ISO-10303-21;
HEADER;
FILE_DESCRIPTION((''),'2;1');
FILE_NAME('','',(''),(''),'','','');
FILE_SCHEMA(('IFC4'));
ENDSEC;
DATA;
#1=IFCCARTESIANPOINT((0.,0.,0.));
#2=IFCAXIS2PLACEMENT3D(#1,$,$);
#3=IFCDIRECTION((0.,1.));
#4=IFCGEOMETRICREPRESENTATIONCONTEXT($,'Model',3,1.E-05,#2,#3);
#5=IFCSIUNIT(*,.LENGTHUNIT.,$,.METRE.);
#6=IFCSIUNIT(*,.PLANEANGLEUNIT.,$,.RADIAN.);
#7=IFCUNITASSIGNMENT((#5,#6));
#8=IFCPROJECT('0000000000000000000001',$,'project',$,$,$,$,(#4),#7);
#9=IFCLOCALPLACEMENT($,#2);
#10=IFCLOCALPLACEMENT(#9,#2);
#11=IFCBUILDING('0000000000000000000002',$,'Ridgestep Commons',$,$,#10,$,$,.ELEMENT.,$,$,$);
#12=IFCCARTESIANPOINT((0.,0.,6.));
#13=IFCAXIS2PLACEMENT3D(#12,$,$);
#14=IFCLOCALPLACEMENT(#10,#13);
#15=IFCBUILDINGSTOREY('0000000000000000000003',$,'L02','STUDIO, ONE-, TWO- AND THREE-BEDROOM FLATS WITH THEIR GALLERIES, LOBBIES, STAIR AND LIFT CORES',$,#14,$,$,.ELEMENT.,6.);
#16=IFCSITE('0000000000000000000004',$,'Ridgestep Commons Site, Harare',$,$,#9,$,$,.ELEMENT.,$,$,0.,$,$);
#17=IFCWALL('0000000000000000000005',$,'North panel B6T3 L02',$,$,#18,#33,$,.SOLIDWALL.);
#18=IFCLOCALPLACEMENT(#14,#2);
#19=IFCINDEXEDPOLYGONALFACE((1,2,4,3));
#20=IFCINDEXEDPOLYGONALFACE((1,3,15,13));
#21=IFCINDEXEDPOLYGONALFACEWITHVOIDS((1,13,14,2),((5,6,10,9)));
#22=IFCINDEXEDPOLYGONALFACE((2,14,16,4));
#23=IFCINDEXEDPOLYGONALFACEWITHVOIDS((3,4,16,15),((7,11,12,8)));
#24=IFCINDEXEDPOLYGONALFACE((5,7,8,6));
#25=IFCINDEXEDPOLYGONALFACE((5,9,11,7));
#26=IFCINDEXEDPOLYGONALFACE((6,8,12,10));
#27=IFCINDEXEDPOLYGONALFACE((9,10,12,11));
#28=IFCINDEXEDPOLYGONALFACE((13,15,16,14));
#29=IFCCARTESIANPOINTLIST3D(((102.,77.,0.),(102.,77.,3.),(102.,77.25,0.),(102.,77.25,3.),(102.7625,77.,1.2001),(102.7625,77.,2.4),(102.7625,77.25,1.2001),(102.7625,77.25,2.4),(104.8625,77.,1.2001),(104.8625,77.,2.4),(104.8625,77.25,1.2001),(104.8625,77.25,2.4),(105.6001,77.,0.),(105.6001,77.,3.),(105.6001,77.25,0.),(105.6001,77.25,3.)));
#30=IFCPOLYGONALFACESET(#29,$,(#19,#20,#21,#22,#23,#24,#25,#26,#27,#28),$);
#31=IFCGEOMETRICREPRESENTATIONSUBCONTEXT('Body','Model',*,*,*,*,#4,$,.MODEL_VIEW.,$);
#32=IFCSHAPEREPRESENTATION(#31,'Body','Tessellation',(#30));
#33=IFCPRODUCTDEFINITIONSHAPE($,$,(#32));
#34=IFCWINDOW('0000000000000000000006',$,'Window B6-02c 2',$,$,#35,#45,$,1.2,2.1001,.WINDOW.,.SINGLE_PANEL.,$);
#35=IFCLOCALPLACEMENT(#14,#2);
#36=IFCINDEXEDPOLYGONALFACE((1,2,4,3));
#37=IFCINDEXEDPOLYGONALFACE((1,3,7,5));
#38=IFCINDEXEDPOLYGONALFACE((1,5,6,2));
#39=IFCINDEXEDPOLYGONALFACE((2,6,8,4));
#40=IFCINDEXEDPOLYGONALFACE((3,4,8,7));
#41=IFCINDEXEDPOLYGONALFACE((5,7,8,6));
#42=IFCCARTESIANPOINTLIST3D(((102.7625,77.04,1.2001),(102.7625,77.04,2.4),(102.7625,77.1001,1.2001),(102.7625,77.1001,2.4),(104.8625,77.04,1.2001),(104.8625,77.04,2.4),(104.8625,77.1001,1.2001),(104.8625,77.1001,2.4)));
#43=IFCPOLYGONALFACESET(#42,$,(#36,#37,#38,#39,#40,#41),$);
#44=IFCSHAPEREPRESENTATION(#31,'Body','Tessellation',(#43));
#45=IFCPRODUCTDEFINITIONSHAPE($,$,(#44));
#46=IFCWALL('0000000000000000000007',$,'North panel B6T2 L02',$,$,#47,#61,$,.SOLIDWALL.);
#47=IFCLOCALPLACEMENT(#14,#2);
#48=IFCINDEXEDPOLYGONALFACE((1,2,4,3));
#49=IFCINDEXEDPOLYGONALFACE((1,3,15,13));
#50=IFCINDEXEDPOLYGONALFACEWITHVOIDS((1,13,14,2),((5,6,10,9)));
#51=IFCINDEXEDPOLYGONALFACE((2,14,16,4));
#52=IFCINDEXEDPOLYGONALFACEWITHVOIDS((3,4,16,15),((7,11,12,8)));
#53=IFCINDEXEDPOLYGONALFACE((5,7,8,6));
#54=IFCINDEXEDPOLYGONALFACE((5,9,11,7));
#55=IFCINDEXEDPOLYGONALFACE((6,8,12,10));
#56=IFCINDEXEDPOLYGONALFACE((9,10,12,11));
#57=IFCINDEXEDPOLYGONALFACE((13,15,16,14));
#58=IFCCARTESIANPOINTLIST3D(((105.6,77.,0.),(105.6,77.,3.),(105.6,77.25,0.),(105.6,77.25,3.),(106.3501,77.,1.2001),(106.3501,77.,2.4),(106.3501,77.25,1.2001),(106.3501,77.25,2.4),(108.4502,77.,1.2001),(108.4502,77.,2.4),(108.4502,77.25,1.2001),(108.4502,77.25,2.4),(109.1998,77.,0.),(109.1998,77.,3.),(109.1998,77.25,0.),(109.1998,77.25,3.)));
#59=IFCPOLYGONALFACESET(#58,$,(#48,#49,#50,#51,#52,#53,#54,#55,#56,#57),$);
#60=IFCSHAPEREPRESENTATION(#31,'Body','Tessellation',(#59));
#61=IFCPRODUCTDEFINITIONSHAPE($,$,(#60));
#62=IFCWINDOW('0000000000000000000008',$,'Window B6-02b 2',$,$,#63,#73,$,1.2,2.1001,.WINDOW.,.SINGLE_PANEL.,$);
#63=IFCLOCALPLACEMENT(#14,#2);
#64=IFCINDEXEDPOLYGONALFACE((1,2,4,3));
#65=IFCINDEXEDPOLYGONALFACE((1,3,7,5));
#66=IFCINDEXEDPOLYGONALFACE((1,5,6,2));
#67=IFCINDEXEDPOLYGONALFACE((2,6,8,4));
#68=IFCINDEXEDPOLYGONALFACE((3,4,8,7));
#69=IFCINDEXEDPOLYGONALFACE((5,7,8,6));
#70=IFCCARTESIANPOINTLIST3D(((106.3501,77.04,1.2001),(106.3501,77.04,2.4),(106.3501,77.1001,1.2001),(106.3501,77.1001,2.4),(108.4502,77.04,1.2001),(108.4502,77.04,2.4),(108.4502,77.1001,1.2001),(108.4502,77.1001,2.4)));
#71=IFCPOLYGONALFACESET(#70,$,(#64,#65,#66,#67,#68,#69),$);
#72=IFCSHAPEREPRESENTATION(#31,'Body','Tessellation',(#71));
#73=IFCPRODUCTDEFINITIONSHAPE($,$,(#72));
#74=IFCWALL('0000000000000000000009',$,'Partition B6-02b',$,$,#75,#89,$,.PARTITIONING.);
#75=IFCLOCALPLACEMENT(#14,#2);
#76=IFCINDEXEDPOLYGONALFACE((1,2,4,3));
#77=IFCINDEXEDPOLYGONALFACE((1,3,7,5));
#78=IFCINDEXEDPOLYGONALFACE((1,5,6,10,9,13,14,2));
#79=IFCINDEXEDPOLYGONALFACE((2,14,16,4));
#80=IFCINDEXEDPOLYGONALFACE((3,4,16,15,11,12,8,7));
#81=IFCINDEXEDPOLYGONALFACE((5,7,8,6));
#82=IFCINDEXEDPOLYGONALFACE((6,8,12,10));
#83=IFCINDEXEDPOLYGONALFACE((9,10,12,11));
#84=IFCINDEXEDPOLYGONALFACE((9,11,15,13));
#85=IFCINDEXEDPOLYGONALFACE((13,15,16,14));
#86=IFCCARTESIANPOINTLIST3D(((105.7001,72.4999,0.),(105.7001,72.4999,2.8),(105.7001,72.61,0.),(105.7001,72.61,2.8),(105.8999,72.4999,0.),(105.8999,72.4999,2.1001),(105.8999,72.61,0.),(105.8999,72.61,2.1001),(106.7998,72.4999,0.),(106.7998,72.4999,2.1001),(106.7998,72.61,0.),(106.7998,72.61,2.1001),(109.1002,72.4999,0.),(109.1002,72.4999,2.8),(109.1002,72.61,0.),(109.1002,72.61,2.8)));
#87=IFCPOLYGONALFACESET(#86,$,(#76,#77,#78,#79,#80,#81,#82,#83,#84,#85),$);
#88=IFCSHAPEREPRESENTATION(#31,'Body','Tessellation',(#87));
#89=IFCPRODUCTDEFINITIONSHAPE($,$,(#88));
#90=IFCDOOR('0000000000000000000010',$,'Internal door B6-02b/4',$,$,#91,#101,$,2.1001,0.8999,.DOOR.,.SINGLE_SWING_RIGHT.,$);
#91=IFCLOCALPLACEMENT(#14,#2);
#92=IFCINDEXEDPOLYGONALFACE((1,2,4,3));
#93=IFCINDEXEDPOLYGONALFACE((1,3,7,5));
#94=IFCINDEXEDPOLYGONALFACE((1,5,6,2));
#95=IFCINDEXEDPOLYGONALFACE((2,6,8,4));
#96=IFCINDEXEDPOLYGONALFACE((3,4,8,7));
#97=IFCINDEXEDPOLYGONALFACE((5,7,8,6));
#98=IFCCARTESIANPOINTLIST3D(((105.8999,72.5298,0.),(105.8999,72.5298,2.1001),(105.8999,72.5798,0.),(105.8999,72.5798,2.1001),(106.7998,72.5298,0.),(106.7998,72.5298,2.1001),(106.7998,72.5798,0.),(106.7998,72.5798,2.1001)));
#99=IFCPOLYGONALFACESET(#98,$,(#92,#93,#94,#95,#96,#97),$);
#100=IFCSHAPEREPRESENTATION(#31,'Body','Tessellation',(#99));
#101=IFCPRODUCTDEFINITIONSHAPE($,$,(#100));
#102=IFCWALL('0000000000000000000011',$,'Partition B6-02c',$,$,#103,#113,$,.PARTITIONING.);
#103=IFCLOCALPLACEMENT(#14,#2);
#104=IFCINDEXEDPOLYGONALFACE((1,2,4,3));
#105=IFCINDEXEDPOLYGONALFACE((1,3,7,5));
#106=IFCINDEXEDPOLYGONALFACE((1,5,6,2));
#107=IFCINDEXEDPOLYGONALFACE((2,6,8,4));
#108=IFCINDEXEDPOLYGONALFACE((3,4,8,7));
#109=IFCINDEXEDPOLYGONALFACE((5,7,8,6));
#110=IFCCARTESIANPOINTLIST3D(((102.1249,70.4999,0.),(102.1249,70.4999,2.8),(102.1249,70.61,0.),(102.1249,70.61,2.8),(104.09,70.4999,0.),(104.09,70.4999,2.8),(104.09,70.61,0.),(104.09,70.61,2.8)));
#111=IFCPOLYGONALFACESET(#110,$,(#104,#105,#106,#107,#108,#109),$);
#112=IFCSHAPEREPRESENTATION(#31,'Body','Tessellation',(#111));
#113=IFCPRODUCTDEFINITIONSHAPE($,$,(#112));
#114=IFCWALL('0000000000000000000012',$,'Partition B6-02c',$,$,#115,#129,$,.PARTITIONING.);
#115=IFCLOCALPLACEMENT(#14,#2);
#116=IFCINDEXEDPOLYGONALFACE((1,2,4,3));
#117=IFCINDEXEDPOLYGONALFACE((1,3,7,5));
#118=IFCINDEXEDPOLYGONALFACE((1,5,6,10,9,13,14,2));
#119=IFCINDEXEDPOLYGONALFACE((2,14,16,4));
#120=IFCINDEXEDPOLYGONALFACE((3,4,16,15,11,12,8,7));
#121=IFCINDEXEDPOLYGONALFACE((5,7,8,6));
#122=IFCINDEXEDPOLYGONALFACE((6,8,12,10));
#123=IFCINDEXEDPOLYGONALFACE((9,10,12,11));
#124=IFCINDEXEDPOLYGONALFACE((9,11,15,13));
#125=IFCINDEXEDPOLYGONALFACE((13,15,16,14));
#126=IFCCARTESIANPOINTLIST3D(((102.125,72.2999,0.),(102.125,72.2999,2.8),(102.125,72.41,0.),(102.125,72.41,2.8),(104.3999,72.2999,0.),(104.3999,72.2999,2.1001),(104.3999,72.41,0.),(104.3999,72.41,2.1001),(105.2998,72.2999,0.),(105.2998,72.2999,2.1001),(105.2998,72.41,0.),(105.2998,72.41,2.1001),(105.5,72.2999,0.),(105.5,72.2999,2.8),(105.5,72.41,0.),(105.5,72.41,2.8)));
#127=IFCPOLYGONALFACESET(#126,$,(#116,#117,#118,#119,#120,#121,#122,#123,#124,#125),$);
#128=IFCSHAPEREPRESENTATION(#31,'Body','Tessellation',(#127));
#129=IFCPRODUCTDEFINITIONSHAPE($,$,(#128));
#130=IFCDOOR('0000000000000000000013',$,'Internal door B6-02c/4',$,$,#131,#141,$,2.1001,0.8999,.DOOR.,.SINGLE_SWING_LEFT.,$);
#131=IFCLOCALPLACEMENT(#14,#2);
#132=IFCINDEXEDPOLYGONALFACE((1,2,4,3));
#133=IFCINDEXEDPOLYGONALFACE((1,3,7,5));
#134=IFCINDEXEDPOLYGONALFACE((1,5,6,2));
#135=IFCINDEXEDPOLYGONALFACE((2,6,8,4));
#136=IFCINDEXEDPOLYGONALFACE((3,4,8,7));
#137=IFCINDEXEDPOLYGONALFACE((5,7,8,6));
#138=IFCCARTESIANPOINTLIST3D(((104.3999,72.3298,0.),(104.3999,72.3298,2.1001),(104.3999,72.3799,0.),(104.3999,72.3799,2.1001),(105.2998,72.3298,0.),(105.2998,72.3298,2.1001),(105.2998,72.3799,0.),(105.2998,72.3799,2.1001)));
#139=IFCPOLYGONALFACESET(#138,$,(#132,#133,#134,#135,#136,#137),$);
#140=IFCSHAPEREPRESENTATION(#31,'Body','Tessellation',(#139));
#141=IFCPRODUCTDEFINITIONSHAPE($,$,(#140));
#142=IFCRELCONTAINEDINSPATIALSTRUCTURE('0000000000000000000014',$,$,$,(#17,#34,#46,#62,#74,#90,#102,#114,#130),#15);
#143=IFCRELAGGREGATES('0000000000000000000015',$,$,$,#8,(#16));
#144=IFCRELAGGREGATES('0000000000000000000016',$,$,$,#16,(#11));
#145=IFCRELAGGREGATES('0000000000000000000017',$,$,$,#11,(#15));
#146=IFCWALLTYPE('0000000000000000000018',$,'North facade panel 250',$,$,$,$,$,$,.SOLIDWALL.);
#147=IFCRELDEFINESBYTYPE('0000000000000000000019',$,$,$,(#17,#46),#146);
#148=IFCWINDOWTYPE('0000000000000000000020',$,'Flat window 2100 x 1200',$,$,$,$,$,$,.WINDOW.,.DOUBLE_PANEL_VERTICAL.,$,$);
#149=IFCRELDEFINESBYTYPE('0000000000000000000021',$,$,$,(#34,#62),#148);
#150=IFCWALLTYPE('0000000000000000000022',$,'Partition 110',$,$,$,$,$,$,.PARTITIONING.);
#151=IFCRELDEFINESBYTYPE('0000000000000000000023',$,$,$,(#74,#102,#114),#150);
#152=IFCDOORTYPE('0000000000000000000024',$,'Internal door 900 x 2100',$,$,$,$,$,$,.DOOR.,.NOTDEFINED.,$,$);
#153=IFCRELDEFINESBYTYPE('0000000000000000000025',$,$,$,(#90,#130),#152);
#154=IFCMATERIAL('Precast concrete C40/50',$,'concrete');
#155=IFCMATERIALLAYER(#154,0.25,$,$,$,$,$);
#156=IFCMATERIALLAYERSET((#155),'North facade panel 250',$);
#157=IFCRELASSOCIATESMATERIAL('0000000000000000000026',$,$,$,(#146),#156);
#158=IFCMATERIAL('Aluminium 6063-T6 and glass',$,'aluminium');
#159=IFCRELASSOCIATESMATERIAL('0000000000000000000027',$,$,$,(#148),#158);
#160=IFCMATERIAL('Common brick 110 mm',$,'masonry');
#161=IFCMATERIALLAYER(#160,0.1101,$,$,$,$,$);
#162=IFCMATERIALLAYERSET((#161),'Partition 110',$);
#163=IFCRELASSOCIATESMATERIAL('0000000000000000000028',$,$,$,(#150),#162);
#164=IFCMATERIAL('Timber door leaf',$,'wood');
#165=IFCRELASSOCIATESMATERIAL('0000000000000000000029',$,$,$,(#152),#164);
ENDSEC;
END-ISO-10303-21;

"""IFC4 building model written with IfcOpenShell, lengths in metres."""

from ifc_helpers import new_model, si_unit, direction, frame, frame_2d, origin, place, context, subcontext, project, spatial, rectangle, extrude, material, layer, layer_set, type_object, element, fill, save


model = new_model("IFC4")

# Units and contexts
model_context = context("Model", 3, precision=1e-05, world=origin(), true_north=direction((0.0, 1.0)))
body_context = subcontext(model_context, "Body", "Model", "MODEL_VIEW")
ifc_project = project(units=[si_unit("LENGTHUNIT", "METRE"), si_unit("PLANEANGLEUNIT", "RADIAN")], contexts=[model_context])

# Site, building, storey
site_placement = place(None, origin())
site = spatial("IfcSite", under=ifc_project, at=site_placement, Name="Ridgestep Commons Site, Harare", CompositionType="ELEMENT", RefElevation=0.0)
building_placement = place(site_placement, origin())
building = spatial("IfcBuilding", under=site, at=building_placement, Name="Ridgestep Commons", CompositionType="ELEMENT")
storey_placement = place(building_placement, frame((0.0, 0.0, 6.0)))
storey = spatial("IfcBuildingStorey", under=building, at=storey_placement, Name="L02", Description="STUDIO, ONE-, TWO- AND THREE-BEDROOM FLATS WITH THEIR GALLERIES, LOBBIES, STAIR AND LIFT CORES", CompositionType="ELEMENT", Elevation=6.0)

# Walls, openings, windows
ifc_material_1 = material(Name="Precast concrete C40/50", Category="concrete")
ifc_layer_1 = layer(ifc_material_1, 0.25)
ifc_layer_set_1 = layer_set([ifc_layer_1], Name="North facade panel 250")
wall_type_1 = type_object("IfcWallType", Name="North facade panel 250", PredefinedType="SOLIDWALL", material=ifc_layer_set_1)
wall_1_placement = place(storey_placement, frame((102.0, 77.125, 0.0), z_axis=(0.0, 0.0, 1.0), x_axis=(1.0, 0.0, 0.0)))
wall_1 = element("IfcWall", 1, at=wall_1_placement, inside=storey, type_object=wall_type_1, Name="North panel B6T3 L02", PredefinedType="SOLIDWALL", context=body_context, shape_type="SweptSolid", body=[
    extrude(rectangle(XDim=3.6001, YDim=0.25, at=frame_2d((1.8, 0.0))), origin(), (0.0, 0.0, 1.0), 3.0),
])
opening_1_placement = place(wall_1_placement, frame((0.7625, 0.0, 1.2)))
opening_1 = element("IfcOpeningElement", 2, at=opening_1_placement, cuts=wall_1, PredefinedType="OPENING", context=body_context, shape_type="SweptSolid", body=[
    extrude(rectangle(XDim=2.1001, YDim=1.2, at=frame_2d((1.05, 0.6001))), frame((0.0, 0.135, 0.0), z_axis=(0.0, -1.0, 0.0), x_axis=(1.0, 0.0, 0.0)), (0.0, 0.0, 1.0), 0.27),
])
ifc_material_2 = material(Name="Aluminium 6063-T6 and glass", Category="aluminium")
window_type = type_object("IfcWindowType", Name="Flat window 2100 x 1200", PartitioningType="DOUBLE_PANEL_VERTICAL", PredefinedType="WINDOW", material=ifc_material_2)
window_1_placement = place(opening_1_placement, origin())
window_1 = element("IfcWindow", 3, at=window_1_placement, inside=storey, type_object=window_type, Name="Window B6-02c 2", OverallHeight=1.2, OverallWidth=2.1001, PartitioningType="SINGLE_PANEL", PredefinedType="WINDOW", context=body_context, shape_type="SweptSolid", body=[
    extrude(rectangle(XDim=2.1001, YDim=1.2, at=frame_2d((1.05, 0.6001))), frame((0.0, -0.0249, 0.0), z_axis=(0.0, -1.0, 0.0), x_axis=(1.0, 0.0, 0.0)), (0.0, 0.0, 1.0), 0.0601),
])
fill(opening_1, window_1)
wall_2_placement = place(storey_placement, frame((105.6001, 77.125, 0.0), z_axis=(0.0, 0.0, 1.0), x_axis=(1.0, 0.0, 0.0)))
wall_2 = element("IfcWall", 4, at=wall_2_placement, inside=storey, type_object=wall_type_1, Name="North panel B6T2 L02", PredefinedType="SOLIDWALL", context=body_context, shape_type="SweptSolid", body=[
    extrude(rectangle(XDim=3.5999, YDim=0.25, at=frame_2d((1.7998, 0.0))), origin(), (0.0, 0.0, 1.0), 3.0),
])
opening_2_placement = place(wall_2_placement, frame((0.75, 0.0, 1.2)))
opening_2 = element("IfcOpeningElement", 5, at=opening_2_placement, cuts=wall_2, PredefinedType="OPENING", context=body_context, shape_type="SweptSolid", body=[
    extrude(rectangle(XDim=2.1001, YDim=1.2, at=frame_2d((1.05, 0.6001))), frame((0.0, 0.135, 0.0), z_axis=(0.0, -1.0, 0.0), x_axis=(1.0, 0.0, 0.0)), (0.0, 0.0, 1.0), 0.27),
])
window_2_placement = place(opening_2_placement, origin())
window_2 = element("IfcWindow", 6, at=window_2_placement, inside=storey, type_object=window_type, Name="Window B6-02b 2", OverallHeight=1.2, OverallWidth=2.1001, PartitioningType="SINGLE_PANEL", PredefinedType="WINDOW", context=body_context, shape_type="SweptSolid", body=[
    extrude(rectangle(XDim=2.1001, YDim=1.2, at=frame_2d((1.05, 0.6001))), frame((0.0, -0.0249, 0.0), z_axis=(0.0, -1.0, 0.0), x_axis=(1.0, 0.0, 0.0)), (0.0, 0.0, 1.0), 0.0601),
])
fill(opening_2, window_2)

# Wall, opening, door
ifc_material_3 = material(Name="Common brick 110 mm", Category="masonry")
ifc_layer_2 = layer(ifc_material_3, 0.1101)
ifc_layer_set_2 = layer_set([ifc_layer_2], Name="Partition 110")
wall_type_2 = type_object("IfcWallType", Name="Partition 110", PredefinedType="PARTITIONING", material=ifc_layer_set_2)
wall_3_placement = place(storey_placement, frame((105.7, 72.5549, 0.0), z_axis=(0.0, 0.0, 1.0), x_axis=(1.0, 0.0, 0.0)))
wall_3 = element("IfcWall", 7, at=wall_3_placement, inside=storey, type_object=wall_type_2, Name="Partition B6-02b", PredefinedType="PARTITIONING", context=body_context, shape_type="SweptSolid", body=[
    extrude(rectangle(XDim=3.4001, YDim=0.1101, at=frame_2d((1.7002, 0.0))), origin(), (0.0, 0.0, 1.0), 2.8),
])
opening_3_placement = place(wall_3_placement, frame((0.2, 0.0, 0.0)))
opening_3 = element("IfcOpeningElement", 8, at=opening_3_placement, cuts=wall_3, PredefinedType="OPENING", context=body_context, shape_type="SweptSolid", body=[
    extrude(rectangle(XDim=0.8999, YDim=2.1001, at=frame_2d((0.45, 1.05))), frame((0.0, 0.0649, 0.0), z_axis=(0.0, -1.0, 0.0), x_axis=(1.0, 0.0, 0.0)), (0.0, 0.0, 1.0), 0.1301),
])
ifc_material_4 = material(Name="Timber door leaf", Category="wood")
door_type = type_object("IfcDoorType", Name="Internal door 900 x 2100", OperationType="NOTDEFINED", PredefinedType="DOOR", material=ifc_material_4)
door_1_placement = place(opening_3_placement, origin())
door_1 = element("IfcDoor", 9, at=door_1_placement, inside=storey, type_object=door_type, Name="Internal door B6-02b/4", OperationType="SINGLE_SWING_RIGHT", OverallHeight=2.1001, OverallWidth=0.8999, PredefinedType="DOOR", context=body_context, shape_type="SweptSolid", body=[
    extrude(rectangle(XDim=0.8999, YDim=2.1001, at=frame_2d((0.45, 1.05))), frame((0.0, 0.0249, 0.0), z_axis=(0.0, -1.0, 0.0), x_axis=(1.0, 0.0, 0.0)), (0.0, 0.0, 1.0), 0.05),
])
fill(opening_3, door_1)

# Wall
wall_4_placement = place(storey_placement, frame((102.125, 70.5549, 0.0), z_axis=(0.0, 0.0, 1.0), x_axis=(1.0, 0.0, 0.0)))
element("IfcWall", 10, at=wall_4_placement, inside=storey, type_object=wall_type_2, Name="Partition B6-02c", PredefinedType="PARTITIONING", context=body_context, shape_type="SweptSolid", body=[
    extrude(rectangle(XDim=1.9651, YDim=0.1101, at=frame_2d((0.9824, 0.0))), origin(), (0.0, 0.0, 1.0), 2.8),
])

# Wall, opening, door
wall_5_placement = place(storey_placement, frame((102.125, 72.355, 0.0), z_axis=(0.0, 0.0, 1.0), x_axis=(1.0, 0.0, 0.0)))
wall_5 = element("IfcWall", 11, at=wall_5_placement, inside=storey, type_object=wall_type_2, Name="Partition B6-02c", PredefinedType="PARTITIONING", context=body_context, shape_type="SweptSolid", body=[
    extrude(rectangle(XDim=3.375, YDim=0.1101, at=frame_2d((1.6875, 0.0))), origin(), (0.0, 0.0, 1.0), 2.8),
])
opening_4_placement = place(wall_5_placement, frame((2.2749, 0.0, 0.0)))
opening_4 = element("IfcOpeningElement", 12, at=opening_4_placement, cuts=wall_5, PredefinedType="OPENING", context=body_context, shape_type="SweptSolid", body=[
    extrude(rectangle(XDim=0.8999, YDim=2.1001, at=frame_2d((0.45, 1.05))), frame((0.0, 0.0649, 0.0), z_axis=(0.0, -1.0, 0.0), x_axis=(1.0, 0.0, 0.0)), (0.0, 0.0, 1.0), 0.1301),
])
door_2_placement = place(opening_4_placement, origin())
door_2 = element("IfcDoor", 13, at=door_2_placement, inside=storey, type_object=door_type, Name="Internal door B6-02c/4", OperationType="SINGLE_SWING_LEFT", OverallHeight=2.1001, OverallWidth=0.8999, PredefinedType="DOOR", context=body_context, shape_type="SweptSolid", body=[
    extrude(rectangle(XDim=0.8999, YDim=2.1001, at=frame_2d((0.45, 1.05))), frame((0.0, 0.0249, 0.0), z_axis=(0.0, -1.0, 0.0), x_axis=(1.0, 0.0, 0.0)), (0.0, 0.0, 1.0), 0.05),
])
fill(opening_4, door_2)

save(model, "model.ifc")
